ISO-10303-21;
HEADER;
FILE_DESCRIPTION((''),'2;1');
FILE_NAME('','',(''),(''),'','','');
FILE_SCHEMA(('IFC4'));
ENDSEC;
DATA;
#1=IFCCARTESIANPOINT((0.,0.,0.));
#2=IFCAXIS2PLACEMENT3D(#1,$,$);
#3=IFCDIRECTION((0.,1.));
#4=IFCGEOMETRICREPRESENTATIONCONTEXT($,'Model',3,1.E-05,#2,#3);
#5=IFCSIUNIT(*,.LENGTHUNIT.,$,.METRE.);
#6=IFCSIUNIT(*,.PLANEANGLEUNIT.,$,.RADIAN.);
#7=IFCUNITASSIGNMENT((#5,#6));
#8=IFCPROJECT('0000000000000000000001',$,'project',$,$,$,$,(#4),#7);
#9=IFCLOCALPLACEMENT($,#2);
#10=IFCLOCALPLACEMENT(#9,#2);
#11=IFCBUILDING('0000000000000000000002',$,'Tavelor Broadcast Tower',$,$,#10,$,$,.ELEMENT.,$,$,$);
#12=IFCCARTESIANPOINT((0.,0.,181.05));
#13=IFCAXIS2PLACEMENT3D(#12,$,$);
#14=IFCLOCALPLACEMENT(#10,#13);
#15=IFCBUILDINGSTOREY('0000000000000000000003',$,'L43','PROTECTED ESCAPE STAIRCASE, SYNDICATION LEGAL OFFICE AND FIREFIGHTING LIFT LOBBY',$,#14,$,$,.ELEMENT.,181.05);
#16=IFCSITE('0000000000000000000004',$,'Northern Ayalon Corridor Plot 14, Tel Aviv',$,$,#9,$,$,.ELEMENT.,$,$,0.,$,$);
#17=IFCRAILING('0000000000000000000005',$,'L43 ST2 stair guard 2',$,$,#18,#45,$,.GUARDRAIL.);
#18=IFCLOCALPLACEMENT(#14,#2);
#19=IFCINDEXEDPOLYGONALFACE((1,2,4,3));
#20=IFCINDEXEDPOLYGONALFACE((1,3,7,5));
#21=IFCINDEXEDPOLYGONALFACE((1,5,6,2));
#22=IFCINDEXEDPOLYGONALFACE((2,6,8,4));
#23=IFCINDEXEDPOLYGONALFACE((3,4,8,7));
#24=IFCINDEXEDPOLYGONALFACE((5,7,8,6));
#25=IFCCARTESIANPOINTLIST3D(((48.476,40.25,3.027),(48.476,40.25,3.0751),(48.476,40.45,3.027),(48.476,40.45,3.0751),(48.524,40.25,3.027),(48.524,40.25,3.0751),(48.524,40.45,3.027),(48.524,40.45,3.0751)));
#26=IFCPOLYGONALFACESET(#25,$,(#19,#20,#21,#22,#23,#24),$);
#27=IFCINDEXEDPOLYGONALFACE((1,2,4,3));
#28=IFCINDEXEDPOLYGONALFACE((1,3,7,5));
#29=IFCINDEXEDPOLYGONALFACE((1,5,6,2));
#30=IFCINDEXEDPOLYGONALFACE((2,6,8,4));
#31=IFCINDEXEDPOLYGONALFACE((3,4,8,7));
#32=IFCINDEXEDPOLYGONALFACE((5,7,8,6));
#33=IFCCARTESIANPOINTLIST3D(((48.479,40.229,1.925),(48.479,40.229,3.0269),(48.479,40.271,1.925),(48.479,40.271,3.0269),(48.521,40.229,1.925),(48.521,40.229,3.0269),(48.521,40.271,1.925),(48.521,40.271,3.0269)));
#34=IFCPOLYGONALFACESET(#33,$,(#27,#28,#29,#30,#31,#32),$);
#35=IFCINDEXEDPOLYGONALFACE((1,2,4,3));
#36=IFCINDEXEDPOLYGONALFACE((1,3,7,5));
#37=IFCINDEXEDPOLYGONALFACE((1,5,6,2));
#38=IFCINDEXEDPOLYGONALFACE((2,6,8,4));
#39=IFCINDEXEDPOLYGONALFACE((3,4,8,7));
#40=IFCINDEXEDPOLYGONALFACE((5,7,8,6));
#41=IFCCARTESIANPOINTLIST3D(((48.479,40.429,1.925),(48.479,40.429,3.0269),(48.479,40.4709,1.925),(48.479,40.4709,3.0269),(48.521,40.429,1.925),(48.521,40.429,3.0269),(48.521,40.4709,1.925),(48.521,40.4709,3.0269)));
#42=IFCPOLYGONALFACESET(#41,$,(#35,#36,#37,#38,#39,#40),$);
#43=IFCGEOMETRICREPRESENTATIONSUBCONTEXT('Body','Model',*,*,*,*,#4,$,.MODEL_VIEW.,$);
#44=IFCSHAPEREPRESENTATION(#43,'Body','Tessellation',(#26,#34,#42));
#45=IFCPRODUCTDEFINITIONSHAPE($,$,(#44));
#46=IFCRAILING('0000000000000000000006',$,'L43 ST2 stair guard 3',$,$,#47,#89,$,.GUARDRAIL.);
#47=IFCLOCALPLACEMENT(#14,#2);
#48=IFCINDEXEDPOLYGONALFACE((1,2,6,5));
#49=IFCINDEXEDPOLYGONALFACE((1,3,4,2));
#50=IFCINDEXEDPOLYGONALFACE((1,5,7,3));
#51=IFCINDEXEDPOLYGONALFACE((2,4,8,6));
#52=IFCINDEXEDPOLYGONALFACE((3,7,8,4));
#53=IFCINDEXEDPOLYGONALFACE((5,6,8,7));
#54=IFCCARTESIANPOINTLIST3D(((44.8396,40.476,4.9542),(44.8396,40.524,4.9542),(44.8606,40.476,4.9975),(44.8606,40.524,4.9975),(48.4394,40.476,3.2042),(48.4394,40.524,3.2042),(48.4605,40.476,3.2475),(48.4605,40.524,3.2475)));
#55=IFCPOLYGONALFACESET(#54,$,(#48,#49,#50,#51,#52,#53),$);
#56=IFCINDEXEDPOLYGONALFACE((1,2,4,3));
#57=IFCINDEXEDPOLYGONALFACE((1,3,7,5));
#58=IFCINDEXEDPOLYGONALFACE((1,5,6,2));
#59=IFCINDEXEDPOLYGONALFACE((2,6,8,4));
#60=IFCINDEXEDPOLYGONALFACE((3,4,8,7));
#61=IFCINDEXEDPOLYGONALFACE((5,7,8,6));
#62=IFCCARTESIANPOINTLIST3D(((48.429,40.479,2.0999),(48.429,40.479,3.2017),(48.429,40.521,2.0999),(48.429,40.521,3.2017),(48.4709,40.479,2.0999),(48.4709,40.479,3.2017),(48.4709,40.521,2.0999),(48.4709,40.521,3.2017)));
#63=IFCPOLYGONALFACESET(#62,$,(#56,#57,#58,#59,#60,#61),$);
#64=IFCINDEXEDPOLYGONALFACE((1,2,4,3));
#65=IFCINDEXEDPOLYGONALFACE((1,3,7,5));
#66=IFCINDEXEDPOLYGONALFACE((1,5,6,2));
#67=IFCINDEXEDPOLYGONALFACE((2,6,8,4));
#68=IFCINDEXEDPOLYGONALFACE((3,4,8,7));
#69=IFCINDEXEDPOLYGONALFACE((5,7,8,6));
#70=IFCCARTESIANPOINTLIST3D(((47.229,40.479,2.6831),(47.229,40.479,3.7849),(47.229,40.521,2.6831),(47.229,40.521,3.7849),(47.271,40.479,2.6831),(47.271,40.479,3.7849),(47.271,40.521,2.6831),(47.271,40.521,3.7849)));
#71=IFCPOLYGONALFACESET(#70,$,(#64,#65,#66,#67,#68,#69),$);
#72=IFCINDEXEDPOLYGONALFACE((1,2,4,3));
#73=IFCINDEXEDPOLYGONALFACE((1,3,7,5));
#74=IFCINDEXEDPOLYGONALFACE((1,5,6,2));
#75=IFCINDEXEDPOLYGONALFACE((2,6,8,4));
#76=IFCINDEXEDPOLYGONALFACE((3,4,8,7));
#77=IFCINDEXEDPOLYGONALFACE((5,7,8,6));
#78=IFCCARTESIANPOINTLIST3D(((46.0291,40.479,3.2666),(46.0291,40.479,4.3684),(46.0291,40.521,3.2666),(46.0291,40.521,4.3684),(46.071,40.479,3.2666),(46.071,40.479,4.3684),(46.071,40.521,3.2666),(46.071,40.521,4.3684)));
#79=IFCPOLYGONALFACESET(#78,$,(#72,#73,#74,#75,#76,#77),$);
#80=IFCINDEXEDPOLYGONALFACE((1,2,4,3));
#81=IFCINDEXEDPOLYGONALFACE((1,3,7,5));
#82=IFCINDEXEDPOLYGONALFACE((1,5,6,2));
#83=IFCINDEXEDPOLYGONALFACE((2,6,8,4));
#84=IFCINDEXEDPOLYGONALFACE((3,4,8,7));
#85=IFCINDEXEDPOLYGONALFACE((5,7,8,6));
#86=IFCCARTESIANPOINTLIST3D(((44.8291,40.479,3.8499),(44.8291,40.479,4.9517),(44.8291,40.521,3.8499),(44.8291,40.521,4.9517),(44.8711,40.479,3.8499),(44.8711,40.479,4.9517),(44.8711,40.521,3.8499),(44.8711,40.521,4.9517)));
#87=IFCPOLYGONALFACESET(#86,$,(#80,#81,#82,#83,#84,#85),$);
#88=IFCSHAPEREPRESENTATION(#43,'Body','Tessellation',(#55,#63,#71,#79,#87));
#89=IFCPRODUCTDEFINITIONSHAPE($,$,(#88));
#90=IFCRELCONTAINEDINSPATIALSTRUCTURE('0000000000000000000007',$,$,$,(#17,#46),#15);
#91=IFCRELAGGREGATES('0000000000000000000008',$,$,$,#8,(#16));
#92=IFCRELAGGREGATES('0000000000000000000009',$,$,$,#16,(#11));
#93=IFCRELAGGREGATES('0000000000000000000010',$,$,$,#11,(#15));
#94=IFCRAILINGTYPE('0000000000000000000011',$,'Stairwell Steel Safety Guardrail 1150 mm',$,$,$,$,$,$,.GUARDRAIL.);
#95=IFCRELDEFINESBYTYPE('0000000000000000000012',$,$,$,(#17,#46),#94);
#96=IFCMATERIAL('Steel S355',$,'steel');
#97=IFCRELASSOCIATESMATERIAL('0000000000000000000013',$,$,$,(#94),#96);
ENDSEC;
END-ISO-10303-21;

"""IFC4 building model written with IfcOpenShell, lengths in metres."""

from ifc_helpers import new_model, si_unit, direction, frame, origin, origin_2d, place, context, subcontext, project, spatial, rectangle, extrude, material, type_object, element, save


model = new_model("IFC4")

# Units and contexts
model_context = context("Model", 3, precision=1e-05, world=origin(), true_north=direction((0.0, 1.0)))
body_context = subcontext(model_context, "Body", "Model", "MODEL_VIEW")
ifc_project = project(units=[si_unit("LENGTHUNIT", "METRE"), si_unit("PLANEANGLEUNIT", "RADIAN")], contexts=[model_context])

# Site, building, storey
site_placement = place(None, origin())
site = spatial("IfcSite", under=ifc_project, at=site_placement, Name="Northern Ayalon Corridor Plot 14, Tel Aviv", CompositionType="ELEMENT", RefElevation=0.0)
building_placement = place(site_placement, origin())
building = spatial("IfcBuilding", under=site, at=building_placement, Name="Tavelor Broadcast Tower", CompositionType="ELEMENT")
storey_placement = place(building_placement, frame((0.0, 0.0, 181.05)))
storey = spatial("IfcBuildingStorey", under=building, at=storey_placement, Name="L43", Description="PROTECTED ESCAPE STAIRCASE, SYNDICATION LEGAL OFFICE AND FIREFIGHTING LIFT LOBBY", CompositionType="ELEMENT", Elevation=181.05)

# Shared definitions
ifc_material_1 = material(Name="Steel S355", Category="steel")

# Railings
railing_type_1 = type_object("IfcRailingType", Name="Stairwell Steel Safety Guardrail 1150 mm", PredefinedType="GUARDRAIL", material=ifc_material_1)
railing_1_placement = place(storey_placement, frame((48.5, 40.25, 1.925)))
element("IfcRailing", 1, at=railing_1_placement, inside=storey, type_object=railing_type_1, Name="L43 ST2 stair guard 2", PredefinedType="GUARDRAIL", context=body_context, shape_type="SweptSolid", body=[
    extrude(rectangle(XDim=0.0481, YDim=0.0481, at=origin_2d()), frame((0.0, 0.0, 1.126), z_axis=(0.0, 1.0, 0.0), x_axis=(-1.0, 0.0, 0.0)), (0.0, 0.0, 1.0), 0.2),
    extrude(rectangle(XDim=0.042, YDim=0.042, at=origin_2d()), origin(), (0.0, 0.0, 1.0), 1.1018),
    extrude(rectangle(XDim=0.042, YDim=0.042, at=origin_2d()), frame((0.0, 0.2, 0.0)), (0.0, 0.0, 1.0), 1.1018),
])
railing_2_placement = place(storey_placement, frame((48.45, 40.5, 2.0999)))
element("IfcRailing", 2, at=railing_2_placement, inside=storey, type_object=railing_type_1, Name="L43 ST2 stair guard 3", PredefinedType="GUARDRAIL", context=body_context, shape_type="SweptSolid", body=[
    extrude(rectangle(XDim=0.0481, YDim=0.0481, at=origin_2d()), frame((0.0, 0.0, 1.126), z_axis=(-0.899361, 0.0, 0.437207), x_axis=(0.0, -1.0, 0.0)), (0.0, 0.0, 1.0), 4.0027),
    extrude(rectangle(XDim=0.042, YDim=0.042, at=origin_2d()), origin(), (0.0, 0.0, 1.0), 1.1018),
    extrude(rectangle(XDim=0.042, YDim=0.042, at=origin_2d()), frame((-1.2, 0.0, 0.5833)), (0.0, 0.0, 1.0), 1.1018),
    extrude(rectangle(XDim=0.042, YDim=0.042, at=origin_2d()), frame((-2.3999, 0.0, 1.1667)), (0.0, 0.0, 1.0), 1.1018),
    extrude(rectangle(XDim=0.042, YDim=0.042, at=origin_2d()), frame((-3.5999, 0.0, 1.75)), (0.0, 0.0, 1.0), 1.1018),
])

save(model, "model.ifc")
